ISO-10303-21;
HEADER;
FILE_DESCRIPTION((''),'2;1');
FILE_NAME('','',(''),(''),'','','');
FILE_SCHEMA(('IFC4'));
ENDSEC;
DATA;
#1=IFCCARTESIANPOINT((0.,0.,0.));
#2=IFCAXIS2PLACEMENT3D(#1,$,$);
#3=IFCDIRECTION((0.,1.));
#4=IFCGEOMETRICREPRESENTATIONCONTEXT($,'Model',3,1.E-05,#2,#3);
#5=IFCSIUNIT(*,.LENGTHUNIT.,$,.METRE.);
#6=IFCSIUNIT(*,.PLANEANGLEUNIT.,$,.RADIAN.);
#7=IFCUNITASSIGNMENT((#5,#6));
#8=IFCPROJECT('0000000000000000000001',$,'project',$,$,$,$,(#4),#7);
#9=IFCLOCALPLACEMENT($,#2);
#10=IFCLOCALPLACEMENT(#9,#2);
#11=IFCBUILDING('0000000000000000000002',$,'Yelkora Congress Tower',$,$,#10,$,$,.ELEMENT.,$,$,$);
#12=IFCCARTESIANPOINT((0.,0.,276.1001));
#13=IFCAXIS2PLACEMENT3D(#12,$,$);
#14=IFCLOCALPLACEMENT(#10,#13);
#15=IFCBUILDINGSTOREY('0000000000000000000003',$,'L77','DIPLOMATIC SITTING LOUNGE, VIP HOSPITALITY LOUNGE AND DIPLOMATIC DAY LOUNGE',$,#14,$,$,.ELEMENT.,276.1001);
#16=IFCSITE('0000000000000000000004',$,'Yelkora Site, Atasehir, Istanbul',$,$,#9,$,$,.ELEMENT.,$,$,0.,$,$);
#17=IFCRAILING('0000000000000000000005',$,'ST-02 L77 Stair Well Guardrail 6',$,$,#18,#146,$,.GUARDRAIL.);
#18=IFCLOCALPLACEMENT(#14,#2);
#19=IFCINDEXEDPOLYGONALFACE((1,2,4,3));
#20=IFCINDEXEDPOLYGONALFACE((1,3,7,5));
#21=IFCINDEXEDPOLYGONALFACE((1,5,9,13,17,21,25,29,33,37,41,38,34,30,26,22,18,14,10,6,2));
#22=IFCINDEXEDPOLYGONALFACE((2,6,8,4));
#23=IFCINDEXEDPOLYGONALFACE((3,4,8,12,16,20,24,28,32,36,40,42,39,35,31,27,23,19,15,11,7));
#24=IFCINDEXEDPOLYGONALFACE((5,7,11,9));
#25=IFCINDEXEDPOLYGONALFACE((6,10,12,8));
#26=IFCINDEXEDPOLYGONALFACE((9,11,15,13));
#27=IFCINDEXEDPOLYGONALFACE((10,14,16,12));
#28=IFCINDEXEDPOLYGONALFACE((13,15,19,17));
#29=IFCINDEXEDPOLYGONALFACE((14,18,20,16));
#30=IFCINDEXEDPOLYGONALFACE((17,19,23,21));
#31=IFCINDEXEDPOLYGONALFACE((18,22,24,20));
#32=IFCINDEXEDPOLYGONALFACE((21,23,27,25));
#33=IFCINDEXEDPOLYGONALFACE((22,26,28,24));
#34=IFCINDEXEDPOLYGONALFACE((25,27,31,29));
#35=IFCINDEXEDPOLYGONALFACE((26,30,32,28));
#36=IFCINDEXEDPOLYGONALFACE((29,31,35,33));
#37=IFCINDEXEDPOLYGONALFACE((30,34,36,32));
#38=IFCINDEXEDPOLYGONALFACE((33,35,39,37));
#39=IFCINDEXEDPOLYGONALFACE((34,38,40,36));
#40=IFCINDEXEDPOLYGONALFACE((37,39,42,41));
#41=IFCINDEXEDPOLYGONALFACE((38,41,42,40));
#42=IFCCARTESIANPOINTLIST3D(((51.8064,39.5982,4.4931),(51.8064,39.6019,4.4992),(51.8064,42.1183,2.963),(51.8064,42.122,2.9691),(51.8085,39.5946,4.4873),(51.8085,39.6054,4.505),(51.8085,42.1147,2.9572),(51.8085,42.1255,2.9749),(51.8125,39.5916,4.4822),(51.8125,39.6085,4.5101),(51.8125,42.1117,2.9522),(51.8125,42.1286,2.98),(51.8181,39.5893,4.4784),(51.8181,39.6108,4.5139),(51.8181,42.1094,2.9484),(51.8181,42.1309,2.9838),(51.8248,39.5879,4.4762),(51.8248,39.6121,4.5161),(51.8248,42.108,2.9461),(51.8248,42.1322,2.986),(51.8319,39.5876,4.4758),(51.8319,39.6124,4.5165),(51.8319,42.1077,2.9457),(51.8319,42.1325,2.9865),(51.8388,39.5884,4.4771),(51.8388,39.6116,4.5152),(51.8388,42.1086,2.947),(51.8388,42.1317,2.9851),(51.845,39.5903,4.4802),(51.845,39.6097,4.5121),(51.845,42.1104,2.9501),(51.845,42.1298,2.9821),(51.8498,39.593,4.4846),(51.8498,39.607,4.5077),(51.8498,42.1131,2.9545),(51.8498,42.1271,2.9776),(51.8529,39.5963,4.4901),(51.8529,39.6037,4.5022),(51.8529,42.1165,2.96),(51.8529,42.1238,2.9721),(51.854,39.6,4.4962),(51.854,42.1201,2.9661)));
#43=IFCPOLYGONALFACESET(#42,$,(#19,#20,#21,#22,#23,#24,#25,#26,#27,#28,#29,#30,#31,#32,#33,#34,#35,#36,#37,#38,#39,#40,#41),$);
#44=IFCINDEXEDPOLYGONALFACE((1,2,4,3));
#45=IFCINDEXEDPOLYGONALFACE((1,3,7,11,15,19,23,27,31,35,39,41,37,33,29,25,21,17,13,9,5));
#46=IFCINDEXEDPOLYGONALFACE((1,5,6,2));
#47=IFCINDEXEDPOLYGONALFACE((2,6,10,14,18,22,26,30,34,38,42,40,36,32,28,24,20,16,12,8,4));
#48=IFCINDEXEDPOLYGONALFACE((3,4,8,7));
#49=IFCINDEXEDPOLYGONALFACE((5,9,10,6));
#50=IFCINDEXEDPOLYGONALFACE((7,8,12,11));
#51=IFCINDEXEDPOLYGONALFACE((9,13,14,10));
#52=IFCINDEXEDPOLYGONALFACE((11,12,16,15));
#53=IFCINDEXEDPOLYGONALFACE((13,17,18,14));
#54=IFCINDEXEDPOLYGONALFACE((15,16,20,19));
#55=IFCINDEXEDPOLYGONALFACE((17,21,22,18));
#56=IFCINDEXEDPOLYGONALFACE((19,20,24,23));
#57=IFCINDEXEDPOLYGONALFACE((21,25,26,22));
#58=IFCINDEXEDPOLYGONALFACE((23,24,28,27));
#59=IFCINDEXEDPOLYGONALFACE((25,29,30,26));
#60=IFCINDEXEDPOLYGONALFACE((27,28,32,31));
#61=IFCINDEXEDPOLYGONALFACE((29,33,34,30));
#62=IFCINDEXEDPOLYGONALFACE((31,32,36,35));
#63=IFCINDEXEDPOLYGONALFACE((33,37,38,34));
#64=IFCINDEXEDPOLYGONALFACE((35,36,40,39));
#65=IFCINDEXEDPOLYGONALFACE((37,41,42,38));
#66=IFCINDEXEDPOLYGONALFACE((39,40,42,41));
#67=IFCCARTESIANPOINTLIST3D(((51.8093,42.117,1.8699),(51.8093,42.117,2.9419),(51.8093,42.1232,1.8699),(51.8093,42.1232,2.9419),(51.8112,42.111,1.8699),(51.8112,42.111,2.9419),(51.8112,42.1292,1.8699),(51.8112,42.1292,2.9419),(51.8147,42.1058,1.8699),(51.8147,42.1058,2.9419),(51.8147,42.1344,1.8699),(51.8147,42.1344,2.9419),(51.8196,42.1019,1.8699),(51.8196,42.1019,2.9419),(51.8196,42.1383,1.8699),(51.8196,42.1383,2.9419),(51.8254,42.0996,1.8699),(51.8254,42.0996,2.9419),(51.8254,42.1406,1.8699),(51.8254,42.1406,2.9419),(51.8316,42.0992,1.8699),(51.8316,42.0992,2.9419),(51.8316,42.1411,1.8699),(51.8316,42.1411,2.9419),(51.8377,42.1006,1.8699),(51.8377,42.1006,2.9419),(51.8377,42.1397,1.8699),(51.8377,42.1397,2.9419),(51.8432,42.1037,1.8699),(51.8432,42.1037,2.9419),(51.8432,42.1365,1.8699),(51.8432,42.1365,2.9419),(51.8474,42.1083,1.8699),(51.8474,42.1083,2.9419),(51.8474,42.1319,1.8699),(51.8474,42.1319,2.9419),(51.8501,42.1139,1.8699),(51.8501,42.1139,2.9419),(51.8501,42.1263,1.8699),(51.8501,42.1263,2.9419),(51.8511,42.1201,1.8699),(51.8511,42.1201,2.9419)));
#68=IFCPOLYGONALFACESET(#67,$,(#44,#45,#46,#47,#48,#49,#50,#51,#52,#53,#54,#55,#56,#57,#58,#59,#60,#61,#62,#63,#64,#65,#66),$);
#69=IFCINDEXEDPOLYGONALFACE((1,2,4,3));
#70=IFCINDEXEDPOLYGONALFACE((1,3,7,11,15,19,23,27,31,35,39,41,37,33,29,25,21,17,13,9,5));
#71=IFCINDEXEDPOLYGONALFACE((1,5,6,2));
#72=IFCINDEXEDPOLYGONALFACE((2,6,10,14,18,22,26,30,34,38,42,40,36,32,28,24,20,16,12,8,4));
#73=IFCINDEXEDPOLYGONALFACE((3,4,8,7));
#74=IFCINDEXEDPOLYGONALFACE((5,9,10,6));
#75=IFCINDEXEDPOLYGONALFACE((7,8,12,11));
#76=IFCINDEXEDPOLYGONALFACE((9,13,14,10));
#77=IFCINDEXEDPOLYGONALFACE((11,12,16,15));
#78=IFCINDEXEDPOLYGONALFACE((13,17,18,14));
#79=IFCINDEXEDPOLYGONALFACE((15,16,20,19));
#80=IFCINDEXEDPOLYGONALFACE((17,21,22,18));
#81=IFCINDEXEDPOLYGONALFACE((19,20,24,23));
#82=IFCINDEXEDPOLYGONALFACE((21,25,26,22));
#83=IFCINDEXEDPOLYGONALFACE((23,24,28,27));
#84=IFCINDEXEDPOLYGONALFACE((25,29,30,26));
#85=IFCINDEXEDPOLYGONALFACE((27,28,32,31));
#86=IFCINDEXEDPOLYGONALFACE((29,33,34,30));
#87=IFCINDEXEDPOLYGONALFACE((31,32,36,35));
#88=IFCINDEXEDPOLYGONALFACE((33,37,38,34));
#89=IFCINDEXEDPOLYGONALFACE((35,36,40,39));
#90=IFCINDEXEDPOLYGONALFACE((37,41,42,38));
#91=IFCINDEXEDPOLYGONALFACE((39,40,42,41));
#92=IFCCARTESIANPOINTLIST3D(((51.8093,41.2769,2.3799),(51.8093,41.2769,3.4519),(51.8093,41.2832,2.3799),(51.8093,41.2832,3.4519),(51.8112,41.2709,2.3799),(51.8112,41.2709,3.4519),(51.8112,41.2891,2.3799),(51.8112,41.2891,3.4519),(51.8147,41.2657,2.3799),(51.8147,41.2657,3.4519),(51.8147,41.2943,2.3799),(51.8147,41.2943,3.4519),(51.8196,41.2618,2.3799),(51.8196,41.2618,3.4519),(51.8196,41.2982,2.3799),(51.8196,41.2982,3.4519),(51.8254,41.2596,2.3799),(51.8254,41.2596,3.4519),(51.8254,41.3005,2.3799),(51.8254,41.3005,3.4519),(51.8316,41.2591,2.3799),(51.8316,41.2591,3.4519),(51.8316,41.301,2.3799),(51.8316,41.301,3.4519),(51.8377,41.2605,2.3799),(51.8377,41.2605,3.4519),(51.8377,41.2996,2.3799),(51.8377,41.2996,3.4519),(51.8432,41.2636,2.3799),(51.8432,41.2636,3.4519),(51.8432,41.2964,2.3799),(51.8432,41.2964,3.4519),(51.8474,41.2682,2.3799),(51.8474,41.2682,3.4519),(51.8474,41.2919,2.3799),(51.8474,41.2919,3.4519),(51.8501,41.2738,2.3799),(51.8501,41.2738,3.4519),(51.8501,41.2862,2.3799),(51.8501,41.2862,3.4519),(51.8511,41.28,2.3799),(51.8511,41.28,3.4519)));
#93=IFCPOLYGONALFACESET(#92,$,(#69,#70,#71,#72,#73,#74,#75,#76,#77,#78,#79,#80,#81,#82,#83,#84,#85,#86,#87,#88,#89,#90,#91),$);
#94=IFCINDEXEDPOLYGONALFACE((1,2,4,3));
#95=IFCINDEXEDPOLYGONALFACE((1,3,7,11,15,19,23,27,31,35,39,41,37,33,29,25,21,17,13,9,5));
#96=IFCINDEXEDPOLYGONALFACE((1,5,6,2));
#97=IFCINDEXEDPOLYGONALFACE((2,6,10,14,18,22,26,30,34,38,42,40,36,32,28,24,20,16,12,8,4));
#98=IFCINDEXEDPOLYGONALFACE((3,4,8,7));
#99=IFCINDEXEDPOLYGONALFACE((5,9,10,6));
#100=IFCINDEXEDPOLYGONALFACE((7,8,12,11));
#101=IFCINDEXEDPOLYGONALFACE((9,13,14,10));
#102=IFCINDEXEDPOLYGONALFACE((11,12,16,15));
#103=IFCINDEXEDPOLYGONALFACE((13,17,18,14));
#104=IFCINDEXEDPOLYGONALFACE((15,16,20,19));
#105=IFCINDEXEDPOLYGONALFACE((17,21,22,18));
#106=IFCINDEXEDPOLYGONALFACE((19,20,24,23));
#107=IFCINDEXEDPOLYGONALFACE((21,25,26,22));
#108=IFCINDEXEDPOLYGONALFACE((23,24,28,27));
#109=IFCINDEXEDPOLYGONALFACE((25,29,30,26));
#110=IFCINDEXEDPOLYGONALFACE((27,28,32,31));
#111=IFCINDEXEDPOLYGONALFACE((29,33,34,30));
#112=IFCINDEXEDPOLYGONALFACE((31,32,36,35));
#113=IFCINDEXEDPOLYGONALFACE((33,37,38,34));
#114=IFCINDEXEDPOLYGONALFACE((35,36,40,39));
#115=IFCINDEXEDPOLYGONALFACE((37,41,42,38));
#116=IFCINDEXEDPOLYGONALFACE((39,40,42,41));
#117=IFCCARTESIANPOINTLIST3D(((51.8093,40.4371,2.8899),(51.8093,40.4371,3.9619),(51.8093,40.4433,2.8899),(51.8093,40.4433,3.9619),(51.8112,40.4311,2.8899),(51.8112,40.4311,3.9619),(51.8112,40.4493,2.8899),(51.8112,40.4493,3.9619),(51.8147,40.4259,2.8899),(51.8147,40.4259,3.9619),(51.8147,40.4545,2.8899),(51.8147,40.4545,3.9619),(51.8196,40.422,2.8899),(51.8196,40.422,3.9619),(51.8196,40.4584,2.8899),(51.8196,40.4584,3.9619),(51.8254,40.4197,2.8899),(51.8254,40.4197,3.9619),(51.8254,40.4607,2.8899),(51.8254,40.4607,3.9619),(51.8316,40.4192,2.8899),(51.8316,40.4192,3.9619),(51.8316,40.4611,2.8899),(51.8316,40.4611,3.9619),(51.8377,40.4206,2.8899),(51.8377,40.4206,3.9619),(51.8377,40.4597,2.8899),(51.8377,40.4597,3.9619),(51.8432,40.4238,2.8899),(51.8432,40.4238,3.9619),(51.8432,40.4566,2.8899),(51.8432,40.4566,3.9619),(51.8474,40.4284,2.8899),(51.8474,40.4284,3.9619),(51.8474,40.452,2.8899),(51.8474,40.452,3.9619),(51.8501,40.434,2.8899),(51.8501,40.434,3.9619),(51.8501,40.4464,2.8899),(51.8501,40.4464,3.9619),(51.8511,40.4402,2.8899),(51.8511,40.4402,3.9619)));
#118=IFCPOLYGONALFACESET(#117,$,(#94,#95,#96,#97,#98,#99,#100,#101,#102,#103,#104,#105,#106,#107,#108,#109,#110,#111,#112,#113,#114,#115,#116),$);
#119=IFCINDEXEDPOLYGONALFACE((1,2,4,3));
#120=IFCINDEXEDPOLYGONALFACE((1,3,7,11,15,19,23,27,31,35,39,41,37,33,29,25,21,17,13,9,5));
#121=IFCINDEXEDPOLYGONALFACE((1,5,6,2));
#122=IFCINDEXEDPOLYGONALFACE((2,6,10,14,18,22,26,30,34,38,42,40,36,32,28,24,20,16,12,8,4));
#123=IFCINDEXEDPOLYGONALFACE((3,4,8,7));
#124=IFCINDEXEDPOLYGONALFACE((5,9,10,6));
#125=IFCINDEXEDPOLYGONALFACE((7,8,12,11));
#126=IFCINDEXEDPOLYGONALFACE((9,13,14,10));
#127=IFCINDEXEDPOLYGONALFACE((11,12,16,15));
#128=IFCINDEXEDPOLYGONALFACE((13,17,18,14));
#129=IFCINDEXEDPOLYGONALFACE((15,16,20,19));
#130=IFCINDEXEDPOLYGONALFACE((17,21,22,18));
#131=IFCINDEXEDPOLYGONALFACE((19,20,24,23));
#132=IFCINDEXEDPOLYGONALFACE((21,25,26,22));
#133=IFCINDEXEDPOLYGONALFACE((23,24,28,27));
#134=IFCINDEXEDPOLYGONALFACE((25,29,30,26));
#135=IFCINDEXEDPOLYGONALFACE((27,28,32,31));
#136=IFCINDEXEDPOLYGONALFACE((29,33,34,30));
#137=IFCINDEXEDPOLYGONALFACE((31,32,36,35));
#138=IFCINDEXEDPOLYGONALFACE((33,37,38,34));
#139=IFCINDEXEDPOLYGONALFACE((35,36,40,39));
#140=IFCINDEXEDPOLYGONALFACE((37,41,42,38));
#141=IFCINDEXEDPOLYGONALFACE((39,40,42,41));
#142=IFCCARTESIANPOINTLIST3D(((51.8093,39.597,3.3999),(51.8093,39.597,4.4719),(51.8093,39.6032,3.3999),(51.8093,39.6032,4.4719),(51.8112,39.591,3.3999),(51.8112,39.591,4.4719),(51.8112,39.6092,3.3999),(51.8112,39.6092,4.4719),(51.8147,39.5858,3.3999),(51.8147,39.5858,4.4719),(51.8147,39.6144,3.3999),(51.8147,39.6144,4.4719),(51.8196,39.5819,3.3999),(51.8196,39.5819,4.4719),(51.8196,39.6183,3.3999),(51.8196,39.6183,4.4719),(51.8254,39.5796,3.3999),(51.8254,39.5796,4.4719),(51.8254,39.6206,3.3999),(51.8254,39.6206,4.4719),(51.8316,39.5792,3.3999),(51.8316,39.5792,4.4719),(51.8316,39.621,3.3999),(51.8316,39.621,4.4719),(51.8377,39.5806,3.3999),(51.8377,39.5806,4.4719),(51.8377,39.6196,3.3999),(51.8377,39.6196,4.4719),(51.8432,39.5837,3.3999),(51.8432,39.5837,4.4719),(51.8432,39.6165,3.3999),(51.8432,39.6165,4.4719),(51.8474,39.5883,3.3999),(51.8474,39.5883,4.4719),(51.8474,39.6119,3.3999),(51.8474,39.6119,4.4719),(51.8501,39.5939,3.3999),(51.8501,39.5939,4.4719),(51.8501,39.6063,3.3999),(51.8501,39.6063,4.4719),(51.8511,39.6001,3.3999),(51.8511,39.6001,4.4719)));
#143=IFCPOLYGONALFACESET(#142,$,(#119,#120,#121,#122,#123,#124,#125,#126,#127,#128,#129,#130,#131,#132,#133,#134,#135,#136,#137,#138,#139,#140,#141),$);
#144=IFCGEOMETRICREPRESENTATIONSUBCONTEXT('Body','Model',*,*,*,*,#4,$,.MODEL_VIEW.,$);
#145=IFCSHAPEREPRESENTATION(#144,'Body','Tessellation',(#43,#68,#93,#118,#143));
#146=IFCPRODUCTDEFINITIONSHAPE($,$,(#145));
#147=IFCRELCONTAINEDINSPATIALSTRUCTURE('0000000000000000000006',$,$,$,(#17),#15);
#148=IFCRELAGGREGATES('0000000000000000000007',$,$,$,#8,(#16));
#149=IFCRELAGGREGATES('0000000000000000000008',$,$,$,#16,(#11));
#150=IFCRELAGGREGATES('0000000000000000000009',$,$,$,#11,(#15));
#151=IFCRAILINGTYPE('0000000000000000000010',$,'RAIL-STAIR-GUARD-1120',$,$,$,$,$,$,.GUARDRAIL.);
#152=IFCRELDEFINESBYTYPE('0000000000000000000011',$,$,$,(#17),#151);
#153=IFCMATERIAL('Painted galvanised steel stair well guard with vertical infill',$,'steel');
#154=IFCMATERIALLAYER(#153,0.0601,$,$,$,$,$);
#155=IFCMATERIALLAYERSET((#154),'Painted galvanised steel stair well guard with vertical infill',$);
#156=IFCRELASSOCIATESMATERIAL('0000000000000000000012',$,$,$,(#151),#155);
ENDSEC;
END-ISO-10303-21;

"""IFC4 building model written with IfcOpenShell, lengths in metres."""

from ifc_helpers import new_model, si_unit, direction, frame, origin, origin_2d, place, context, subcontext, project, spatial, circle, extrude, material, layer, layer_set, type_object, element, save


model = new_model("IFC4")

# Units and contexts
model_context = context("Model", 3, precision=1e-05, world=origin(), true_north=direction((0.0, 1.0)))
body_context = subcontext(model_context, "Body", "Model", "MODEL_VIEW")
ifc_project = project(units=[si_unit("LENGTHUNIT", "METRE"), si_unit("PLANEANGLEUNIT", "RADIAN")], contexts=[model_context])

# Site, building, storey
site_placement = place(None, origin())
site = spatial("IfcSite", under=ifc_project, at=site_placement, Name="Yelkora Site, Atasehir, Istanbul", CompositionType="ELEMENT", RefElevation=0.0)
building_placement = place(site_placement, origin())
building = spatial("IfcBuilding", under=site, at=building_placement, Name="Yelkora Congress Tower", CompositionType="ELEMENT")
storey_placement = place(building_placement, frame((0.0, 0.0, 276.1001)))
storey = spatial("IfcBuildingStorey", under=building, at=storey_placement, Name="L77", Description="DIPLOMATIC SITTING LOUNGE, VIP HOSPITALITY LOUNGE AND DIPLOMATIC DAY LOUNGE", CompositionType="ELEMENT", Elevation=276.1001)

# Railing
ifc_material_1 = material(Name="Painted galvanised steel stair well guard with vertical infill", Category="steel")
ifc_layer_1 = layer(ifc_material_1, 0.0601)
ifc_layer_set_1 = layer_set([ifc_layer_1], Name="Painted galvanised steel stair well guard with vertical infill")
railing_type_1 = type_object("IfcRailingType", Name="RAIL-STAIR-GUARD-1120", PredefinedType="GUARDRAIL", material=ifc_layer_set_1)
railing_1_placement = place(storey_placement, frame((51.8301, 42.1201, 1.8699)))
element("IfcRailing", 1, at=railing_1_placement, inside=storey, type_object=railing_type_1, Name="ST-02 L77 Stair Well Guardrail 6", PredefinedType="GUARDRAIL", context=body_context, shape_type="SweptSolid", body=[
    extrude(circle(Radius=0.0239, at=origin_2d()), frame((0.0, 0.0, 1.0962), z_axis=(0.0, -0.854785, 0.518982), x_axis=(1.0, 0.0, 0.0)), (0.0, 0.0, 1.0), 2.9482),
    extrude(circle(Radius=0.021, at=origin_2d()), origin(), (0.0, 0.0, 1.0), 1.072),
    extrude(circle(Radius=0.021, at=origin_2d()), frame((0.0, -0.8401, 0.51)), (0.0, 0.0, 1.0), 1.072),
    extrude(circle(Radius=0.021, at=origin_2d()), frame((0.0, -1.6799, 1.02)), (0.0, 0.0, 1.0), 1.072),
    extrude(circle(Radius=0.021, at=origin_2d()), frame((0.0, -2.52, 1.53)), (0.0, 0.0, 1.0), 1.072),
])

save(model, "model.ifc")
